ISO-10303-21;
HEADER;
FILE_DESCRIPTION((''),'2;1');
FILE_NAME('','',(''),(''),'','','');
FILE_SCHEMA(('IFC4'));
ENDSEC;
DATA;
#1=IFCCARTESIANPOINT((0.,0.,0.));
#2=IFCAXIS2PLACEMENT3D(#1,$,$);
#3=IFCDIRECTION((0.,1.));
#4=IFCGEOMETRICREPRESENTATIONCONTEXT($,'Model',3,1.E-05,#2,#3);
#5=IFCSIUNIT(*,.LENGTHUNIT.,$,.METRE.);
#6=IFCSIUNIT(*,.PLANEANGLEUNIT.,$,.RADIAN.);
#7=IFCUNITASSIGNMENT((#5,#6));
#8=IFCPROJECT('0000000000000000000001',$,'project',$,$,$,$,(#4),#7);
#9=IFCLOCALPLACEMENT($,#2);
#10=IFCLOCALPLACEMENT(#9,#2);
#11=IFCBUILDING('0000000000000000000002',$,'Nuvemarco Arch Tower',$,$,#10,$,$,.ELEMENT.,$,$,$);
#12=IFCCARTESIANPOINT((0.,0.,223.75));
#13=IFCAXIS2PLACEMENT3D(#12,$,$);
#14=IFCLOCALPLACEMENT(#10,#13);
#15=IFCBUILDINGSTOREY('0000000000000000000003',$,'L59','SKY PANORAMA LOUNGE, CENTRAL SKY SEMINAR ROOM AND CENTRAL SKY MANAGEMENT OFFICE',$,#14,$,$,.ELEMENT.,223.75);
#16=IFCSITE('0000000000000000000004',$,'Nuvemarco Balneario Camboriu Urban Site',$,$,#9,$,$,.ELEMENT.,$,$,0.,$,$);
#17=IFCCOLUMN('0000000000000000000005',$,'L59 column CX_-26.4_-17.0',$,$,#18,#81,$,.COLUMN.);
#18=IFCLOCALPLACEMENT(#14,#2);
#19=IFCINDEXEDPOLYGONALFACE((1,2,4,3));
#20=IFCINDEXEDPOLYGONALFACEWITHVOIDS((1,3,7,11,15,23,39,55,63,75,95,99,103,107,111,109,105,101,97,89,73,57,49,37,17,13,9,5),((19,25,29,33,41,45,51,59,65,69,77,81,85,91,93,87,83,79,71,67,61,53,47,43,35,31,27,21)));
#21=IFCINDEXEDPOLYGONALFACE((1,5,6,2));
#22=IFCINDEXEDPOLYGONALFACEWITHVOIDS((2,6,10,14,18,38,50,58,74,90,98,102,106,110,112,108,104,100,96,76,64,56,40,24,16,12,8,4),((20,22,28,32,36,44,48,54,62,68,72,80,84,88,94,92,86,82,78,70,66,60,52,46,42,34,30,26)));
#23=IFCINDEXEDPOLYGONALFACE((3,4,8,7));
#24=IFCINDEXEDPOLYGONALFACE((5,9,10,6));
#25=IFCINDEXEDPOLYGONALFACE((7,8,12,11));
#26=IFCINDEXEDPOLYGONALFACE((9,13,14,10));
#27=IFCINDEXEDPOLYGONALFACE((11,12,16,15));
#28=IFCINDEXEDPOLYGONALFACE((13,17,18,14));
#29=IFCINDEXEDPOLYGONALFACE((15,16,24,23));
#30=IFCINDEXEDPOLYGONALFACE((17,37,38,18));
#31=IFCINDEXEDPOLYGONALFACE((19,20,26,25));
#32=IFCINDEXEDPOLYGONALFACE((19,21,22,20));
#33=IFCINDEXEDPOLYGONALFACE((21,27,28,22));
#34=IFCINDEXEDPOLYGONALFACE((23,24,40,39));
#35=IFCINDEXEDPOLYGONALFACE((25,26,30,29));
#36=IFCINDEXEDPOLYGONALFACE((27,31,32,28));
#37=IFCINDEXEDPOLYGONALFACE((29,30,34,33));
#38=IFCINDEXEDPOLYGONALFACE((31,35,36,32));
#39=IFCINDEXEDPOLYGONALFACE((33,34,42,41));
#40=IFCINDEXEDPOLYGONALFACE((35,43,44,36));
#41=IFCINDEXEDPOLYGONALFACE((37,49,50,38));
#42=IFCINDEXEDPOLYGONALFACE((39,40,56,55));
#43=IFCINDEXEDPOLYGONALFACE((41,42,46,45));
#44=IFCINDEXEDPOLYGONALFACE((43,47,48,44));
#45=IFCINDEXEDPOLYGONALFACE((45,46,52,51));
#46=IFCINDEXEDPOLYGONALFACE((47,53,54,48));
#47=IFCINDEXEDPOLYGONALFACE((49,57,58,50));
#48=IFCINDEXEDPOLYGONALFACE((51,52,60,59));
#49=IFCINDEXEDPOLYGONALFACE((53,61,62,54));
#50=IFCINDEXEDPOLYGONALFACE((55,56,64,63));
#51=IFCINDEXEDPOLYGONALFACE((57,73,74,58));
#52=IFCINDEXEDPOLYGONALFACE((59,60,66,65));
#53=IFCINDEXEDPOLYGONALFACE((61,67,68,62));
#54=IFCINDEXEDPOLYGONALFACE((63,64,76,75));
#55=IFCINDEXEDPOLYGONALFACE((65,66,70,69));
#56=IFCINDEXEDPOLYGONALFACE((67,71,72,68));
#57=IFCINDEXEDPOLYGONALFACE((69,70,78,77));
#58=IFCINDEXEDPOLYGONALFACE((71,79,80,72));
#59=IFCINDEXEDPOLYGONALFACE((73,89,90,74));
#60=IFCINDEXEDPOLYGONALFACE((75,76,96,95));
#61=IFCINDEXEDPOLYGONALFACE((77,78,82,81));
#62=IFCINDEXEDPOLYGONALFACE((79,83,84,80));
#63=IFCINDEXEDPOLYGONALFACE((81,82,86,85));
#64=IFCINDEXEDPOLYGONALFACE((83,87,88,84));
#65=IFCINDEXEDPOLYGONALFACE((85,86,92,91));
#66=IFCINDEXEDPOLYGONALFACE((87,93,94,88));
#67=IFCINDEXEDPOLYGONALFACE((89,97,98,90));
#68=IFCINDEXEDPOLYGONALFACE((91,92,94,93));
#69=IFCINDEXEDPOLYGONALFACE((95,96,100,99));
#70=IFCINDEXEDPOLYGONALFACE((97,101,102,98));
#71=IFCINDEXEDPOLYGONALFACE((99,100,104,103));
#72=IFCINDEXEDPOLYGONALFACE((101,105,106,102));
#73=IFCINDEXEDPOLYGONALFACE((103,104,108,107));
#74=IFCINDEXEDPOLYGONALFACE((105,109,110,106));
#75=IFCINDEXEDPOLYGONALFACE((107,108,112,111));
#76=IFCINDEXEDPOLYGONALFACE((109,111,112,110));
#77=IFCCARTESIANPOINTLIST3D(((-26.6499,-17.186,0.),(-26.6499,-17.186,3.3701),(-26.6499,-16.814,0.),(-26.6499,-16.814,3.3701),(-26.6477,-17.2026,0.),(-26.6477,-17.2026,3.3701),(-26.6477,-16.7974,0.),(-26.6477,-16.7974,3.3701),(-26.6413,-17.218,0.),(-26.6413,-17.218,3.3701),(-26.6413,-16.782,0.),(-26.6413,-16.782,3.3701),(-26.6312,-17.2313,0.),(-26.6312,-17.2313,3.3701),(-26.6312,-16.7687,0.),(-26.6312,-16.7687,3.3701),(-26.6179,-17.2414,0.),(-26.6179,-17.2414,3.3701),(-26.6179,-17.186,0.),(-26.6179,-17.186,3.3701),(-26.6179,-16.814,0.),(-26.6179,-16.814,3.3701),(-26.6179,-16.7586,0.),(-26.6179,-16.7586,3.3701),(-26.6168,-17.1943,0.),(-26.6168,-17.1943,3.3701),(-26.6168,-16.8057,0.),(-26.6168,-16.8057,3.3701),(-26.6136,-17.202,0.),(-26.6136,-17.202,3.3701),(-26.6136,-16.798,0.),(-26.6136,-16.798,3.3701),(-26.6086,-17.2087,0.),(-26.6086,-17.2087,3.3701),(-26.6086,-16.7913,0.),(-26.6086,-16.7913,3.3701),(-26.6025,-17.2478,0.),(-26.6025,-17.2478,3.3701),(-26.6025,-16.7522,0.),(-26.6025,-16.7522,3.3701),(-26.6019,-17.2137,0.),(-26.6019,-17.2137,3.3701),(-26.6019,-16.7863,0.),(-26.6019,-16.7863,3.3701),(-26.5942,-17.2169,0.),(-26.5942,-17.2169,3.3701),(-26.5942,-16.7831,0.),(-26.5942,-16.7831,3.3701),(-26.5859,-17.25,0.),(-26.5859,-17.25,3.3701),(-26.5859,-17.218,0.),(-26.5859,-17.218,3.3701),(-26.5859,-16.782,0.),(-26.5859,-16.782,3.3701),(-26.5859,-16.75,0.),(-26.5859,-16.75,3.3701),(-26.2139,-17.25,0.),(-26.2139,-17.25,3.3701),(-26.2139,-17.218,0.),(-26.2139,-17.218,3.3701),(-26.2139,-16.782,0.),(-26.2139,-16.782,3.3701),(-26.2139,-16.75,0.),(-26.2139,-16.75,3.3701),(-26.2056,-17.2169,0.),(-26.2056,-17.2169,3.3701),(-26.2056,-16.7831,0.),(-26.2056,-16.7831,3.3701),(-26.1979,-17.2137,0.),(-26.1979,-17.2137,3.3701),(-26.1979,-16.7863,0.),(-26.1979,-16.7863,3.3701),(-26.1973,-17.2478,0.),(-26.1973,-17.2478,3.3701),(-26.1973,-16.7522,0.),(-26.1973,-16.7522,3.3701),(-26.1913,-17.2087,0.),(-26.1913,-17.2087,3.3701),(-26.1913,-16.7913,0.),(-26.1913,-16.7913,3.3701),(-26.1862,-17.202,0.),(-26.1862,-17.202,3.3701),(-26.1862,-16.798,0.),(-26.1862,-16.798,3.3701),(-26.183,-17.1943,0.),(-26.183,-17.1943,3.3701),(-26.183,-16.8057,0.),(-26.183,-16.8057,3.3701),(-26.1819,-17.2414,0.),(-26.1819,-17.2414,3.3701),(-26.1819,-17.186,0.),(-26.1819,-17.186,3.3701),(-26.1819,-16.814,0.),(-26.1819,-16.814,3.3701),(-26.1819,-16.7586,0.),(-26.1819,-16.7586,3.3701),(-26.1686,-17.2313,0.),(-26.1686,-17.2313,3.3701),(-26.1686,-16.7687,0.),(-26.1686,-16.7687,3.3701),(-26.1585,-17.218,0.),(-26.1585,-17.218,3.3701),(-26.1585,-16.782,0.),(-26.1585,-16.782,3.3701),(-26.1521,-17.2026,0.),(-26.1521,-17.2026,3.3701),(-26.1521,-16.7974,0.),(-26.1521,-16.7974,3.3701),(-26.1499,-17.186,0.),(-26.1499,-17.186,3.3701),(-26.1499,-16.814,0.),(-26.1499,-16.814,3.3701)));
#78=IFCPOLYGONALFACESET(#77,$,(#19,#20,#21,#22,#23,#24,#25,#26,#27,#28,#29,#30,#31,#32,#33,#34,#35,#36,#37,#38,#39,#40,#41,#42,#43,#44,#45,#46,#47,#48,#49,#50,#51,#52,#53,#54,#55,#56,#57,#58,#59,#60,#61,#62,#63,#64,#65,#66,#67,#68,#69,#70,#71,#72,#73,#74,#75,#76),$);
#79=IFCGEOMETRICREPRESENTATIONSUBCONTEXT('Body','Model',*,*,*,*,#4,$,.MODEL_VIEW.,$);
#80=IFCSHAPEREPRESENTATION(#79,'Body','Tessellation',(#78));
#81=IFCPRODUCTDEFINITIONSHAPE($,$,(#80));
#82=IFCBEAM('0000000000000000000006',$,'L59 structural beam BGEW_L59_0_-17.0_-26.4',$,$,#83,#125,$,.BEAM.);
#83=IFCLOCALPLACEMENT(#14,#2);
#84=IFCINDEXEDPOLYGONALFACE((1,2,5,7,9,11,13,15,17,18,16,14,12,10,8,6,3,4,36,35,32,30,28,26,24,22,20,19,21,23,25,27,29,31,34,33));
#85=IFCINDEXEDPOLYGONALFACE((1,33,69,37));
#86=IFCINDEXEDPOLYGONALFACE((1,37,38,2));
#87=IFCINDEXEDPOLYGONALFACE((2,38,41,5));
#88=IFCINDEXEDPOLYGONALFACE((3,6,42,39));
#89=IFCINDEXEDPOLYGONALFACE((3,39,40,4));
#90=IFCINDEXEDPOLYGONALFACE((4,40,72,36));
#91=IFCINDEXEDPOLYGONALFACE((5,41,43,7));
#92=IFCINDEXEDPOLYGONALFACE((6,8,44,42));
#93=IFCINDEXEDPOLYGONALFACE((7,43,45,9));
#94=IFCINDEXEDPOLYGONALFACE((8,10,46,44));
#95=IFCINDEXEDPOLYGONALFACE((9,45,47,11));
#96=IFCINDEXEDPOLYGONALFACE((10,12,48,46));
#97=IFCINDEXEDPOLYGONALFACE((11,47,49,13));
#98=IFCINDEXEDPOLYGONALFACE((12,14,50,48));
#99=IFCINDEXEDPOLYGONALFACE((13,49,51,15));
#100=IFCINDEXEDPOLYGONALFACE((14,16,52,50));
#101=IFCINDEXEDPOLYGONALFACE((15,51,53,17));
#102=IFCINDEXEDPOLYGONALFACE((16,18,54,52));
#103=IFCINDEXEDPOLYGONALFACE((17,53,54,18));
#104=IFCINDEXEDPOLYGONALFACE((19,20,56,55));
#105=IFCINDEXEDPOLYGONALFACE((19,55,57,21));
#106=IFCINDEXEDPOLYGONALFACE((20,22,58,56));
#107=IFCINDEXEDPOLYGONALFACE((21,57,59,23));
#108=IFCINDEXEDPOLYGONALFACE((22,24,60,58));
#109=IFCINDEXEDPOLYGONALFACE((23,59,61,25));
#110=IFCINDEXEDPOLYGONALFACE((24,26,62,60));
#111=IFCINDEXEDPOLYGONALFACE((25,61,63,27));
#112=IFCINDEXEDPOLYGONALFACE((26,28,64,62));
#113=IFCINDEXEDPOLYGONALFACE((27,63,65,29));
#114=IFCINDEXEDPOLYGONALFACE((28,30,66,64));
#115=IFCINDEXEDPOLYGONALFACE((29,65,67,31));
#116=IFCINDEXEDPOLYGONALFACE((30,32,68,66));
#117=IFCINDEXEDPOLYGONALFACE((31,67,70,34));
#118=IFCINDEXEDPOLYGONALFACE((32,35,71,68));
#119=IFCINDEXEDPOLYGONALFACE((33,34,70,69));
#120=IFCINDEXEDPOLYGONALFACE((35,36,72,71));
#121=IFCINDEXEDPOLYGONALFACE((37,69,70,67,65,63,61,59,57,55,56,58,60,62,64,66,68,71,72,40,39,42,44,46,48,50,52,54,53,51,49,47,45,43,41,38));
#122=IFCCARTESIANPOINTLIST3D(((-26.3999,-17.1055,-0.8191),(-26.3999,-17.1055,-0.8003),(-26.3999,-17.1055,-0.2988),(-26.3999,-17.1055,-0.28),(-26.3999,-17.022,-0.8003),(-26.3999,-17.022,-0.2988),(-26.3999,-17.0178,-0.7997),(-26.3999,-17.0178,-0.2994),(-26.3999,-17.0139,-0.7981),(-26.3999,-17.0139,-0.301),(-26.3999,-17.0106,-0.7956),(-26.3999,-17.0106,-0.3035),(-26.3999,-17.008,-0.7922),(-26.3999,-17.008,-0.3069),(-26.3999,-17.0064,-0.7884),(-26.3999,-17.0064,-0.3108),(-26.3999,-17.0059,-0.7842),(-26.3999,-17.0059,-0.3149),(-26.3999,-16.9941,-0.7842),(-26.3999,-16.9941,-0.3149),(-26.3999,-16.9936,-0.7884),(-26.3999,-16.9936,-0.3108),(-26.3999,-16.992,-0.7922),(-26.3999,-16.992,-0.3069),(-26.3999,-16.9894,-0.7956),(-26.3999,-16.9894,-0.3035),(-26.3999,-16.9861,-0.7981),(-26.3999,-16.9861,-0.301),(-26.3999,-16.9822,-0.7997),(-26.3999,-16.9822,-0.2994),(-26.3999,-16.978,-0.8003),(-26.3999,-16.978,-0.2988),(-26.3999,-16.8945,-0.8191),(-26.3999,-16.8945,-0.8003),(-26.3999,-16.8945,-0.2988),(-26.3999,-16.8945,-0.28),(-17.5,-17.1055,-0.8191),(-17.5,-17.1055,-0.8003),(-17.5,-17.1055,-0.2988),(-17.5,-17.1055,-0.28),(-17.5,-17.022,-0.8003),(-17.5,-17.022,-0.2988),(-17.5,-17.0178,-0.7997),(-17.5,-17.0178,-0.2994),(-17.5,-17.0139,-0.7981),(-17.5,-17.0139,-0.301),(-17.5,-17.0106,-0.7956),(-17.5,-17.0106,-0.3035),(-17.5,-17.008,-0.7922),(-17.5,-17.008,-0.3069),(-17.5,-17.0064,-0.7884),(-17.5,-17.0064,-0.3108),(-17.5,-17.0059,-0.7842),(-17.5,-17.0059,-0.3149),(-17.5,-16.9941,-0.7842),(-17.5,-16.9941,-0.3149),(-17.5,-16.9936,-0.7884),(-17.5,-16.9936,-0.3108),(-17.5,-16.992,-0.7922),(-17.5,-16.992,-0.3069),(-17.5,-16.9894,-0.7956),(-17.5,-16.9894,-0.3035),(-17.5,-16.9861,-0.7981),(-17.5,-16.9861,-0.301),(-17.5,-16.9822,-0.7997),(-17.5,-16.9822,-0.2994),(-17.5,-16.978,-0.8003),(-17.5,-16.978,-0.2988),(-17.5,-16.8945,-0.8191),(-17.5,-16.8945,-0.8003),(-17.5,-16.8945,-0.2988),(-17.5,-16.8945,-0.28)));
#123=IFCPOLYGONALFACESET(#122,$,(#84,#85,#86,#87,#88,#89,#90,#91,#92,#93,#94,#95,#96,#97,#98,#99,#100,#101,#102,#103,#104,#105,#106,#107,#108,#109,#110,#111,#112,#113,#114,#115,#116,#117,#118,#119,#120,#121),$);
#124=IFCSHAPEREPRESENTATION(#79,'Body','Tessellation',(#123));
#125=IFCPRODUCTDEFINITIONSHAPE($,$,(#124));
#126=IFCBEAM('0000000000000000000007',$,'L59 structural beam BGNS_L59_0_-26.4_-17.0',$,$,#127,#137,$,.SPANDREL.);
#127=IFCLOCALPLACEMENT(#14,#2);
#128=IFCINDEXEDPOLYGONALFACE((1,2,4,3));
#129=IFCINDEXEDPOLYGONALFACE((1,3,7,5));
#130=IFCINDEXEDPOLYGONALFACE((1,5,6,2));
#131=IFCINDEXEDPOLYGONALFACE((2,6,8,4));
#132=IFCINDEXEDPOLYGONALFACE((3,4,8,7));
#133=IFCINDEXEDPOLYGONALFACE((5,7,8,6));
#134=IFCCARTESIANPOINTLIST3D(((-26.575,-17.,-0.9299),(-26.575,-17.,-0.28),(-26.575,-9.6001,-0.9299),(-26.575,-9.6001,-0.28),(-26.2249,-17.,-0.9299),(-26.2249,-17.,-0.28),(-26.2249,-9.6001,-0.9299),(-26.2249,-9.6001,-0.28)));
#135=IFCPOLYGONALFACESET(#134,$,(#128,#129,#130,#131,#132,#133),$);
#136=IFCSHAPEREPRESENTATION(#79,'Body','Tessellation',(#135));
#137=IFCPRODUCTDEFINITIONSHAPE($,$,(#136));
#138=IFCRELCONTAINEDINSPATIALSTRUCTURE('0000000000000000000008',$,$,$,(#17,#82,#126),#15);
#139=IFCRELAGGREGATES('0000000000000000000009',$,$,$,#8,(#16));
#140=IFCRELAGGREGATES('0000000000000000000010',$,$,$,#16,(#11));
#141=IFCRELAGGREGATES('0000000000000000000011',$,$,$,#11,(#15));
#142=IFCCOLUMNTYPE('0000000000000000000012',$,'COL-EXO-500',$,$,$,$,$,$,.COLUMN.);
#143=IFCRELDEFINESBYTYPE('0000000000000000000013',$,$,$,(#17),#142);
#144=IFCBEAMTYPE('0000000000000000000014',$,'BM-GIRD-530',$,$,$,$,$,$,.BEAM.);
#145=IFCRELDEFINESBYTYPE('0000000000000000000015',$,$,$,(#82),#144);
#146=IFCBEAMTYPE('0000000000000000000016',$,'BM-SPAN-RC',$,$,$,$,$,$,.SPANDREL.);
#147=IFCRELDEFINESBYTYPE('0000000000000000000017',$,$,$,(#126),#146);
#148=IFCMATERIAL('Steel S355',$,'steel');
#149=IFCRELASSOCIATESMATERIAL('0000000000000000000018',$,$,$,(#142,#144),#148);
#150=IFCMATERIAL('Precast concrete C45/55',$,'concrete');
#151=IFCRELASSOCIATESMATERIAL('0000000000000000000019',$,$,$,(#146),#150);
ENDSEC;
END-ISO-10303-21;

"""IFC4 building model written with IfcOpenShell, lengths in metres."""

from ifc_helpers import new_model, si_unit, direction, frame, origin, origin_2d, place, context, subcontext, project, spatial, rectangle, hollow_rectangle, i_section, extrude, material, material_profile, profile_set, type_object, element, save


model = new_model("IFC4")

# Units and contexts
model_context = context("Model", 3, precision=1e-05, world=origin(), true_north=direction((0.0, 1.0)))
body_context = subcontext(model_context, "Body", "Model", "MODEL_VIEW")
ifc_project = project(units=[si_unit("LENGTHUNIT", "METRE"), si_unit("PLANEANGLEUNIT", "RADIAN")], contexts=[model_context])

# Site, building, storey
site_placement = place(None, origin())
site = spatial("IfcSite", under=ifc_project, at=site_placement, Name="Nuvemarco Balneario Camboriu Urban Site", CompositionType="ELEMENT", RefElevation=0.0)
building_placement = place(site_placement, origin())
building = spatial("IfcBuilding", under=site, at=building_placement, Name="Nuvemarco Arch Tower", CompositionType="ELEMENT")
storey_placement = place(building_placement, frame((0.0, 0.0, 223.75)))
storey = spatial("IfcBuildingStorey", under=building, at=storey_placement, Name="L59", Description="SKY PANORAMA LOUNGE, CENTRAL SKY SEMINAR ROOM AND CENTRAL SKY MANAGEMENT OFFICE", CompositionType="ELEMENT", Elevation=223.75)

# Column
ifc_material_1 = material(Name="Steel S355", Category="steel")
ifc_material_profile_1 = material_profile(ifc_material_1, hollow_rectangle(XDim=0.5, YDim=0.5, WallThickness=0.032, InnerFilletRadius=0.032, OuterFilletRadius=0.064, at=origin_2d()), Name="SHS500x500x32")
ifc_profile_set_1 = profile_set([ifc_material_profile_1], Name="Steel S355")
column_type = type_object("IfcColumnType", Name="COL-EXO-500", PredefinedType="COLUMN", material=ifc_profile_set_1)
column_placement = place(storey_placement, frame((-26.3999, -17.0, 0.0), z_axis=(0.0, 0.0, 1.0), x_axis=(1.0, 0.0, 0.0)))
element("IfcColumn", 1, at=column_placement, inside=storey, type_object=column_type, Name="L59 column CX_-26.4_-17.0", PredefinedType="COLUMN", context=body_context, shape_type="SweptSolid", body=[
    extrude(hollow_rectangle(XDim=0.5, YDim=0.5, WallThickness=0.032, InnerFilletRadius=0.032, OuterFilletRadius=0.064, at=origin_2d()), origin(), (0.0, 0.0, 1.0), 3.3701),
])

# Beams
ifc_material_profile_2 = material_profile(ifc_material_1, i_section(OverallWidth=0.2109, OverallDepth=0.5391, WebThickness=0.0117, FlangeThickness=0.0188, FilletRadius=0.0161, at=origin_2d()), Name="W530x109")
ifc_profile_set_2 = profile_set([ifc_material_profile_2], Name="Steel S355")
beam_type_1 = type_object("IfcBeamType", Name="BM-GIRD-530", PredefinedType="BEAM", material=ifc_profile_set_2)
beam_1_placement = place(storey_placement, frame((-26.3999, -17.0, -0.5496), z_axis=(1.0, 0.0, 0.0), x_axis=(0.0, 1.0, 0.0)))
element("IfcBeam", 2, at=beam_1_placement, inside=storey, type_object=beam_type_1, Name="L59 structural beam BGEW_L59_0_-17.0_-26.4", PredefinedType="BEAM", context=body_context, shape_type="SweptSolid", body=[
    extrude(i_section(OverallWidth=0.2109, OverallDepth=0.5391, WebThickness=0.0117, FlangeThickness=0.0188, FilletRadius=0.0161, at=origin_2d()), origin(), (0.0, 0.0, 1.0), 8.8999),
])
ifc_material_2 = material(Name="Precast concrete C45/55", Category="concrete")
ifc_material_profile_3 = material_profile(ifc_material_2, rectangle(XDim=0.3501, YDim=0.6499, at=origin_2d()), Name="PC-SP-350x650")
ifc_profile_set_3 = profile_set([ifc_material_profile_3], Name="Precast concrete C45/55")
beam_type_2 = type_object("IfcBeamType", Name="BM-SPAN-RC", PredefinedType="SPANDREL", material=ifc_profile_set_3)
beam_2_placement = place(storey_placement, frame((-26.3999, -17.0, -0.605), z_axis=(0.0, 1.0, 0.0), x_axis=(-1.0, 0.0, 0.0)))
element("IfcBeam", 3, at=beam_2_placement, inside=storey, type_object=beam_type_2, Name="L59 structural beam BGNS_L59_0_-26.4_-17.0", PredefinedType="SPANDREL", context=body_context, shape_type="SweptSolid", body=[
    extrude(rectangle(XDim=0.3501, YDim=0.6499, at=origin_2d()), origin(), (0.0, 0.0, 1.0), 7.3999),
])

save(model, "model.ifc")
